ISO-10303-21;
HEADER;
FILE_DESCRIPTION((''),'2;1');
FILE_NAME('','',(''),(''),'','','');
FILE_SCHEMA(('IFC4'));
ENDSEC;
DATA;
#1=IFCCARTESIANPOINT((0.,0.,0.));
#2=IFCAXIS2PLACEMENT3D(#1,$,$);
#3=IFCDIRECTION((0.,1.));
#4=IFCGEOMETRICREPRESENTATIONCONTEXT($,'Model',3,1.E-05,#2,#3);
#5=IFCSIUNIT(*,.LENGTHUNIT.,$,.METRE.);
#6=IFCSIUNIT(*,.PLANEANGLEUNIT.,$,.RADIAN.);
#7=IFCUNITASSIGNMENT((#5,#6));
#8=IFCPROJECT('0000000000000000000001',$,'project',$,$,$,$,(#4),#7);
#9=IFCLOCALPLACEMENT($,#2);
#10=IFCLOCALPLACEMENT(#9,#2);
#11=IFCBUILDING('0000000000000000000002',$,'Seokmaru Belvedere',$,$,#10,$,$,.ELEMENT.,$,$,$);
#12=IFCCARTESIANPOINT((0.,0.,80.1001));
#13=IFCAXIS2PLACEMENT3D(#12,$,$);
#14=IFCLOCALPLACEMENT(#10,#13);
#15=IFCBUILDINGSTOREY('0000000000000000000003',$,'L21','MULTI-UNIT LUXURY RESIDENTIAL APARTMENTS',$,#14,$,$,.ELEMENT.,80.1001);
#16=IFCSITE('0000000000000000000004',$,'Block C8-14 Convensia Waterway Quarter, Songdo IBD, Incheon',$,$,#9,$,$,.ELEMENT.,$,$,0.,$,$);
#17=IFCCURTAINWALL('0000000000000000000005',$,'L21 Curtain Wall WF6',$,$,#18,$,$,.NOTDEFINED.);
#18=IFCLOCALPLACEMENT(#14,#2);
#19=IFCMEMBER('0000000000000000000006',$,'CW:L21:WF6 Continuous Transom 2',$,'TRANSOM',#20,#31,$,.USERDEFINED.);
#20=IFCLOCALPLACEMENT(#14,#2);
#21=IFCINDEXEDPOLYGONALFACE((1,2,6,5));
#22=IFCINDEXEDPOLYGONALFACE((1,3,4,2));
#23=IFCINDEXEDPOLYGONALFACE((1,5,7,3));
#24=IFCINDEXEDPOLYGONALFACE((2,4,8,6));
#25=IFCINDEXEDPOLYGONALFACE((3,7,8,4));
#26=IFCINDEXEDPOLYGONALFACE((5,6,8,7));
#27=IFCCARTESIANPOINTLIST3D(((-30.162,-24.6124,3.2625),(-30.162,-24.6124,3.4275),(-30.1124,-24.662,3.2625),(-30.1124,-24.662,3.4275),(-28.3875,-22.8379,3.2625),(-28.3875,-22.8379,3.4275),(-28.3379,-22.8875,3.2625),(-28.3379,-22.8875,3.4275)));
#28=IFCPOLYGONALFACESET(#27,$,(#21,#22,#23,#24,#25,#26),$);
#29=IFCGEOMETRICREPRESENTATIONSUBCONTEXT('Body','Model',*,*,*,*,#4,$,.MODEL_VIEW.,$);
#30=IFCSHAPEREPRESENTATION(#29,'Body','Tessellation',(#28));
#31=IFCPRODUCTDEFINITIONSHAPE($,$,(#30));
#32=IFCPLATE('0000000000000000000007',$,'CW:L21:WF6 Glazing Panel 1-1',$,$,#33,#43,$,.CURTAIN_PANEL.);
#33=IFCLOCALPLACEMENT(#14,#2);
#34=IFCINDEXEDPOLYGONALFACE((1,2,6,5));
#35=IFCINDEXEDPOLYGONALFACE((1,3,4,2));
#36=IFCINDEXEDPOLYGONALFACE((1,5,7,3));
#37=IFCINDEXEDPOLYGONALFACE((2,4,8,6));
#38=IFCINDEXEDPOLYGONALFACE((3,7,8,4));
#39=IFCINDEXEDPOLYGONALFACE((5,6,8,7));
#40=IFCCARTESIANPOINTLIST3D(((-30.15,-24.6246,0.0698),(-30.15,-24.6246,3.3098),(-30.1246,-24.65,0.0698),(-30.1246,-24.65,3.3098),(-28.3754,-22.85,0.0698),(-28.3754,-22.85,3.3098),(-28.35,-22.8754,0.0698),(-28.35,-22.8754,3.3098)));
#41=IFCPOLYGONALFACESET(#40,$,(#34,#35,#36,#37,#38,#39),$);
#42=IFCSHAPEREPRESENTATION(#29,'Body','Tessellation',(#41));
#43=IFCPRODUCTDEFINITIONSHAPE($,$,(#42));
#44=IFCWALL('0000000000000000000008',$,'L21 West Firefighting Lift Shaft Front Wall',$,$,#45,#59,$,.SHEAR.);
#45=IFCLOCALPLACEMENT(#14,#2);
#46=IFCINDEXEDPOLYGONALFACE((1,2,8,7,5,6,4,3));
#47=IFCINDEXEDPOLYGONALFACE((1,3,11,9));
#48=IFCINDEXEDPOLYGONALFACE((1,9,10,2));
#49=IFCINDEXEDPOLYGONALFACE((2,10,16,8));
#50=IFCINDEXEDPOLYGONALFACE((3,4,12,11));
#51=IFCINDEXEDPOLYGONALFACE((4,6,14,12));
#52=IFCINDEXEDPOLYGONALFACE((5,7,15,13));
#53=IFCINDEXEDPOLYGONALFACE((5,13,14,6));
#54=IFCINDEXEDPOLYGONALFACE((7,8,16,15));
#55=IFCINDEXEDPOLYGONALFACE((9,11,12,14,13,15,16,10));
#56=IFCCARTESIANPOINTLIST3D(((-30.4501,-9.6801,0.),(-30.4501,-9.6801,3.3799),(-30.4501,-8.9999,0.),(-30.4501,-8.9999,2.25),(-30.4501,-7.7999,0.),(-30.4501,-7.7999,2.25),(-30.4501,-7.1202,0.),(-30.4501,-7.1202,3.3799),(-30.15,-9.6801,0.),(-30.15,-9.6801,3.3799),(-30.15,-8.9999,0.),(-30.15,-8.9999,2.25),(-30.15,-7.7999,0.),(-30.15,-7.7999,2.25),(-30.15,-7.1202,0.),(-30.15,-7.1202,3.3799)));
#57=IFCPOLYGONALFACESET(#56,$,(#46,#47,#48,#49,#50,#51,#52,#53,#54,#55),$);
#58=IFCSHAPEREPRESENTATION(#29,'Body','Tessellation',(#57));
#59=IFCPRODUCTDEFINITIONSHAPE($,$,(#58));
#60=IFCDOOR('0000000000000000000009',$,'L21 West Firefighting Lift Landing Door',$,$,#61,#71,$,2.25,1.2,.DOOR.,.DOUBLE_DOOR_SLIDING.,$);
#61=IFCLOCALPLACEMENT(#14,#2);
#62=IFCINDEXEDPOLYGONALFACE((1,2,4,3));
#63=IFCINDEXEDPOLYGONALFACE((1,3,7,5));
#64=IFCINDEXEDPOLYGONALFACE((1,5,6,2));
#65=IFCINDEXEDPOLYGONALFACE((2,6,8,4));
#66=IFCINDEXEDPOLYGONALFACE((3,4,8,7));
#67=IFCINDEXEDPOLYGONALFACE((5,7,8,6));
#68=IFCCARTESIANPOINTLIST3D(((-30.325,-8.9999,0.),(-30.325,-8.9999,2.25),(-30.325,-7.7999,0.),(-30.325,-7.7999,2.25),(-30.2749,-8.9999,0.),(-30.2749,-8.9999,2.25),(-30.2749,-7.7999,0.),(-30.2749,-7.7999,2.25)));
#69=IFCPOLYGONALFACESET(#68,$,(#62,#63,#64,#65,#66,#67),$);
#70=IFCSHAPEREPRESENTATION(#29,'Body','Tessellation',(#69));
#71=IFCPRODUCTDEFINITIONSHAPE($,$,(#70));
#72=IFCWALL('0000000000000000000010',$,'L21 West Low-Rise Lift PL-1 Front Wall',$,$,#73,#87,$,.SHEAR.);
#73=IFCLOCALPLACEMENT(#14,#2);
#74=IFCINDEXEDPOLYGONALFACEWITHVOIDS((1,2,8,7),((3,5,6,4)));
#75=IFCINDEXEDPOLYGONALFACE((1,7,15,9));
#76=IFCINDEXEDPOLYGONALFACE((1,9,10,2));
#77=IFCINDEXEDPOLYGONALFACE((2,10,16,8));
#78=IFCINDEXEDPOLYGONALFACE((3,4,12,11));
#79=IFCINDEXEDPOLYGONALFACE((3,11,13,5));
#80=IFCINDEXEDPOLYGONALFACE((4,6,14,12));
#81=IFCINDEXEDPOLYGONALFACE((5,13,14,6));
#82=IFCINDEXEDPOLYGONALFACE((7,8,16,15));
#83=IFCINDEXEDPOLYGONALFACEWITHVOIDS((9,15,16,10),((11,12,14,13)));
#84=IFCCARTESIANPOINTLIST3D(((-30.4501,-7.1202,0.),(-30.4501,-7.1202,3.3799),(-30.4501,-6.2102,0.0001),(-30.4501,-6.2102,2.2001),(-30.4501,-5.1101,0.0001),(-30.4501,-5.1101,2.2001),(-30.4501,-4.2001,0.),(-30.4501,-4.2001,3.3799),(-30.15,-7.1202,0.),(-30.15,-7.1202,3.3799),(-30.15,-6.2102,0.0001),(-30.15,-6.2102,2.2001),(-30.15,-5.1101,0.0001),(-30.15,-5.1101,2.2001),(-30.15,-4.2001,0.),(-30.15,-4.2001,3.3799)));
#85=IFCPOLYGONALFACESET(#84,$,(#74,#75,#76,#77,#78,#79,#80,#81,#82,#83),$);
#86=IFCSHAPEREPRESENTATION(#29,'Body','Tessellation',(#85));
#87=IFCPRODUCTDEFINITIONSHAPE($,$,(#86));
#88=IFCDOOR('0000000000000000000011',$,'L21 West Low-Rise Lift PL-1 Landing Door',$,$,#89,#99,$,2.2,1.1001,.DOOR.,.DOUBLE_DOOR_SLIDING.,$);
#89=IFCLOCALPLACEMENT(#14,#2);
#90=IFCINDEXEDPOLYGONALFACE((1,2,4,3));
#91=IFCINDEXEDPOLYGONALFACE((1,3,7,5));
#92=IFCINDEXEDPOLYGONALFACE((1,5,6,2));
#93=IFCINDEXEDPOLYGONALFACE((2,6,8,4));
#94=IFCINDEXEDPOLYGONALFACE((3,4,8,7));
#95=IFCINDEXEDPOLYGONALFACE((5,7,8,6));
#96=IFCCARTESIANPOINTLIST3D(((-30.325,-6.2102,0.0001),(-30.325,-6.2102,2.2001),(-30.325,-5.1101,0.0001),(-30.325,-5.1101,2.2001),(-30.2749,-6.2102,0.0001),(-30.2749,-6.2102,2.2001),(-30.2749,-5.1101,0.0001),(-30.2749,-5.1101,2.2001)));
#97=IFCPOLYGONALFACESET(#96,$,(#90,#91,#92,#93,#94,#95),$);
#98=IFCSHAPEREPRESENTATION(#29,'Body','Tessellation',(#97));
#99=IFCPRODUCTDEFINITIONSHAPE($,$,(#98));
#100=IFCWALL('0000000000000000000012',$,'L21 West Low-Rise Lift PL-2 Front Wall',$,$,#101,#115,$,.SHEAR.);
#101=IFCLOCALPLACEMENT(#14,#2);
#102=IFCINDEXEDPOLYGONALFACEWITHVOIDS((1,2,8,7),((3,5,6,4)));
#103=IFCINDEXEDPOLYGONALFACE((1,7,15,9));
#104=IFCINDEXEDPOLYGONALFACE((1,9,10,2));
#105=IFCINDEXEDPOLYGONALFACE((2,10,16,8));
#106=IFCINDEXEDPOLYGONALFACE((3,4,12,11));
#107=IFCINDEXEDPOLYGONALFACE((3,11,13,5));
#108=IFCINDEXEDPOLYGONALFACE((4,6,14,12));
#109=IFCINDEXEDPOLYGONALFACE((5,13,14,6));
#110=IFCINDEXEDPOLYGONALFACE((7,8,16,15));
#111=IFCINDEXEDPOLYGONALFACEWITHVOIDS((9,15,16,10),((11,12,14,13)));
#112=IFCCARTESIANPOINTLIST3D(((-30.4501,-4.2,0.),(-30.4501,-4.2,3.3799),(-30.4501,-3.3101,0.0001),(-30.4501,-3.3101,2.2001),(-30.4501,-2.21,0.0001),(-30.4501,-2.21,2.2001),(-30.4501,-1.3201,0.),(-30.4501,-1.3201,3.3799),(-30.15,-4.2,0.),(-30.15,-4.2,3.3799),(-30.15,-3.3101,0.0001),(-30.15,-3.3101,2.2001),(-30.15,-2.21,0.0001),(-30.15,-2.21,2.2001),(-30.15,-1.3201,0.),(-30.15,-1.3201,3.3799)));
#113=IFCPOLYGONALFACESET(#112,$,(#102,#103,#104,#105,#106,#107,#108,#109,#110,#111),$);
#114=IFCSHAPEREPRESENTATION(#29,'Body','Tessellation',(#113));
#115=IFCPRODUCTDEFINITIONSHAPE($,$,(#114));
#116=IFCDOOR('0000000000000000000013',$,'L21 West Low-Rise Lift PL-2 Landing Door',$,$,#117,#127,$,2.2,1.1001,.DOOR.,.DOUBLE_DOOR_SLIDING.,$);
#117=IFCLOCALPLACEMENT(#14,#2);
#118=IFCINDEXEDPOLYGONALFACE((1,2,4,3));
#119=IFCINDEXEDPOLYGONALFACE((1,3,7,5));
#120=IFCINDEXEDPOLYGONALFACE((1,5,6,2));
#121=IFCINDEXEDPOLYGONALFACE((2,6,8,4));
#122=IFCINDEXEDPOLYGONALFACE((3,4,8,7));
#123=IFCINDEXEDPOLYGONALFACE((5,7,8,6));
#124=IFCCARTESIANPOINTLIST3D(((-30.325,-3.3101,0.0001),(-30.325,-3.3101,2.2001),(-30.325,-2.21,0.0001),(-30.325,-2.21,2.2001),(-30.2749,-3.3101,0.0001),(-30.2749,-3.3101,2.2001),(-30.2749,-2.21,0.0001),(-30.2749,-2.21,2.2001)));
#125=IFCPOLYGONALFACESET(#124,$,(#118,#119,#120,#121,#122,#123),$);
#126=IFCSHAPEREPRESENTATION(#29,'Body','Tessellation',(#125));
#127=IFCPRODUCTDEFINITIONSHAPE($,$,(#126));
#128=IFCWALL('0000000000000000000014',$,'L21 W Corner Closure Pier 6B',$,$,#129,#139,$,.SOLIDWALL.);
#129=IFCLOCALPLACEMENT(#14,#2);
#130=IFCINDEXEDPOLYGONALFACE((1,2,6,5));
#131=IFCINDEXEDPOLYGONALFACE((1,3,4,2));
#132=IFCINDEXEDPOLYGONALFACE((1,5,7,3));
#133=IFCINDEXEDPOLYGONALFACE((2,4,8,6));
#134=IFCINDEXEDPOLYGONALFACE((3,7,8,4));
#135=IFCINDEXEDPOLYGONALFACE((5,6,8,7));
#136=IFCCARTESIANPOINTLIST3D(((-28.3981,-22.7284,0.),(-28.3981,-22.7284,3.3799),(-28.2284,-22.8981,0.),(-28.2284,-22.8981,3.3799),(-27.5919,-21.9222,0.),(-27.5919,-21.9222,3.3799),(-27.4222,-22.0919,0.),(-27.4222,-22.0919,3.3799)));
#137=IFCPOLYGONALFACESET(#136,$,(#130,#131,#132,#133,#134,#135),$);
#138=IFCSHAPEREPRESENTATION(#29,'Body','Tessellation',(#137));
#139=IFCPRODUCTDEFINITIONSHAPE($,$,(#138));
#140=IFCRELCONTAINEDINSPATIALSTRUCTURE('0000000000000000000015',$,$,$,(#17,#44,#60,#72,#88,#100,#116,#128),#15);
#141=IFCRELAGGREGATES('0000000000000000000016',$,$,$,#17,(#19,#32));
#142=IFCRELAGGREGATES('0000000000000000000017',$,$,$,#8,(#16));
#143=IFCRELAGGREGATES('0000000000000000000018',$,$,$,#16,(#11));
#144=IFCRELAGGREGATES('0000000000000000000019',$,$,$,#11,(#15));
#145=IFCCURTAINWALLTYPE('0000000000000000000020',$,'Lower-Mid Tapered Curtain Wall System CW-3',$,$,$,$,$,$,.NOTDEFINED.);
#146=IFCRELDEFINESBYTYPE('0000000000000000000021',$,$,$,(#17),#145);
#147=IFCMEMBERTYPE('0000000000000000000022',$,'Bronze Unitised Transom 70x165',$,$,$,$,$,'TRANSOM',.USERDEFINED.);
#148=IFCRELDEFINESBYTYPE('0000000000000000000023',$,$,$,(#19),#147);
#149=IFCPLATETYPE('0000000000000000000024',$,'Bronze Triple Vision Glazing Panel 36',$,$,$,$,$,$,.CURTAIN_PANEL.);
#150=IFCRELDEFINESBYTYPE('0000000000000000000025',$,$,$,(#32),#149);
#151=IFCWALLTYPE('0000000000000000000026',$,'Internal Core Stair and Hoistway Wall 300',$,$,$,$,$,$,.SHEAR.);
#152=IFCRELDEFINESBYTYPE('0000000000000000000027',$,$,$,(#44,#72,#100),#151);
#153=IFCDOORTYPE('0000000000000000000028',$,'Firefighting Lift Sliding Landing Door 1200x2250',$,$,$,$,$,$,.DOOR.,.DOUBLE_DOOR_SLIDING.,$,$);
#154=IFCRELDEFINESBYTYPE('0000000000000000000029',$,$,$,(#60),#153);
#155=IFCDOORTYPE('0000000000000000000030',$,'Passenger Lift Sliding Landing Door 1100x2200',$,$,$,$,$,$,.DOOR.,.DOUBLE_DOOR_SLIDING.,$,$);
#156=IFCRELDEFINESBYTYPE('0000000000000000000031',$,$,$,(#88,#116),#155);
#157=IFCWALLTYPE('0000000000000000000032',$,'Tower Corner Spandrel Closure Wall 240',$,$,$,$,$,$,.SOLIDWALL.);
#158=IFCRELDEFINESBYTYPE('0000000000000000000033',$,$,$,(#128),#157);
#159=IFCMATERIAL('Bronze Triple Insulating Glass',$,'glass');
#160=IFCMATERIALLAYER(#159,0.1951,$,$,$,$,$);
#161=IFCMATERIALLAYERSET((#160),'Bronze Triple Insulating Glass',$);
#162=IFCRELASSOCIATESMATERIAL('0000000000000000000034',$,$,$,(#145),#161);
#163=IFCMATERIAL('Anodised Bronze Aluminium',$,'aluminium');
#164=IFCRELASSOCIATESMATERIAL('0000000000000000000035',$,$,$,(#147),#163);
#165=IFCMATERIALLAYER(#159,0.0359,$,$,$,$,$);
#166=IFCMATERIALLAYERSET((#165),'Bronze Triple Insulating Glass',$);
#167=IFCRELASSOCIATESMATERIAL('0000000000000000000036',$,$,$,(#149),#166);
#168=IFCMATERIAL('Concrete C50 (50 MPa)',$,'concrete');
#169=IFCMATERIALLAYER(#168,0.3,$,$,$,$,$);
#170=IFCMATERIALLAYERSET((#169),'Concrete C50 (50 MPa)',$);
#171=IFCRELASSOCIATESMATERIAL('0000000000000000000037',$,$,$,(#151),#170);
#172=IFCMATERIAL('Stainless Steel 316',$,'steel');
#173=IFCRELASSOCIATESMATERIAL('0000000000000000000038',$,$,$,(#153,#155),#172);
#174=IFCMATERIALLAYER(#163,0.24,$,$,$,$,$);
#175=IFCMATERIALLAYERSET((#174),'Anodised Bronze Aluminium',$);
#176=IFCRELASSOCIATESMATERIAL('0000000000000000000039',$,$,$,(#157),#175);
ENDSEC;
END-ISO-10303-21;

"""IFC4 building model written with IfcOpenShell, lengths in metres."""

from ifc_helpers import new_model, si_unit, direction, frame, frame_2d, origin, origin_2d, place, context, subcontext, project, spatial, rectangle, extrude, source, transform, mapped, material, layer, layer_set, material_profile, profile_set, type_object, type_shapes, element, fill, aggregate, save


model = new_model("IFC4")

# Units and contexts
model_context = context("Model", 3, precision=1e-05, world=origin(), true_north=direction((0.0, 1.0)))
body_context = subcontext(model_context, "Body", "Model", "MODEL_VIEW")
ifc_project = project(units=[si_unit("LENGTHUNIT", "METRE"), si_unit("PLANEANGLEUNIT", "RADIAN")], contexts=[model_context])

# Site, building, storey
site_placement = place(None, origin())
site = spatial("IfcSite", under=ifc_project, at=site_placement, Name="Block C8-14 Convensia Waterway Quarter, Songdo IBD, Incheon", CompositionType="ELEMENT", RefElevation=0.0)
building_placement = place(site_placement, origin())
building = spatial("IfcBuilding", under=site, at=building_placement, Name="Seokmaru Belvedere", CompositionType="ELEMENT")
storey_placement = place(building_placement, frame((0.0, 0.0, 80.1001)))
storey = spatial("IfcBuildingStorey", under=building, at=storey_placement, Name="L21", Description="MULTI-UNIT LUXURY RESIDENTIAL APARTMENTS", CompositionType="ELEMENT", Elevation=80.1001)

# Curtain wall, member, plate
ifc_material_1 = material(Name="Bronze Triple Insulating Glass", Category="glass")
ifc_layer_1 = layer(ifc_material_1, 0.1951)
ifc_layer_set_1 = layer_set([ifc_layer_1], Name="Bronze Triple Insulating Glass")
curtain_wall_type = type_object("IfcCurtainWallType", Name="Lower-Mid Tapered Curtain Wall System CW-3", PredefinedType="NOTDEFINED", material=ifc_layer_set_1)
curtain_wall_placement = place(storey_placement, origin())
curtain_wall = element("IfcCurtainWall", 1, at=curtain_wall_placement, inside=storey, type_object=curtain_wall_type, Name="L21 Curtain Wall WF6", PredefinedType="NOTDEFINED")
ifc_material_2 = material(Name="Anodised Bronze Aluminium", Category="aluminium")
ifc_material_profile_1 = material_profile(ifc_material_2, rectangle(XDim=0.0701, YDim=0.165, at=origin_2d()), Name="CW-T-70x165")
ifc_profile_set_1 = profile_set([ifc_material_profile_1], Name="Anodised Bronze Aluminium")
member_type_1 = type_object("IfcMemberType", Name="Bronze Unitised Transom 70x165", ElementType="TRANSOM", PredefinedType="USERDEFINED", material=ifc_profile_set_1)
shared_shape_1 = source(origin(), body_context, "Body", "SweptSolid", [
    extrude(rectangle(XDim=0.0701, YDim=0.165, at=origin_2d()), origin(), (0.0, 0.0, 1.0), 2.5095),
])
type_shapes(member_type_1, [shared_shape_1])
member_1_placement = place(storey_placement, frame((-30.1372, -24.6372, 3.345), z_axis=(0.707107, 0.707107, 0.0), x_axis=(-0.707107, 0.707107, 0.0)))
member_1 = element("IfcMember", 2, at=member_1_placement, type_object=member_type_1, Name="CW:L21:WF6 Continuous Transom 2", ObjectType="TRANSOM", PredefinedType="USERDEFINED", context=body_context, shape_type="MappedRepresentation", body=[
    mapped(shared_shape_1, transform((0.0, 0.0, 0.0), scale=1.0)),
])
ifc_layer_2 = layer(ifc_material_1, 0.0359)
ifc_layer_set_2 = layer_set([ifc_layer_2], Name="Bronze Triple Insulating Glass")
plate_type = type_object("IfcPlateType", Name="Bronze Triple Vision Glazing Panel 36", PredefinedType="CURTAIN_PANEL", material=ifc_layer_set_2)
shared_shape_2 = source(origin(), body_context, "Body", "SweptSolid", [
    extrude(rectangle(XDim=2.5098, YDim=0.0359, at=origin_2d()), origin(), (0.0, 0.0, 1.0), 3.24),
])
type_shapes(plate_type, [shared_shape_2])
plate_placement = place(storey_placement, frame((-29.25, -23.75, 0.0698), z_axis=(0.0, 0.0, 1.0), x_axis=(0.707107, 0.707107, 0.0)))
plate = element("IfcPlate", 3, at=plate_placement, type_object=plate_type, Name="CW:L21:WF6 Glazing Panel 1-1", PredefinedType="CURTAIN_PANEL", context=body_context, shape_type="MappedRepresentation", body=[
    mapped(shared_shape_2, transform((0.0, 0.0, 0.0), scale=1.0)),
])
aggregate(curtain_wall, [member_1, plate])

# Walls, openings, doors
ifc_material_3 = material(Name="Concrete C50 (50 MPa)", Category="concrete")
ifc_layer_3 = layer(ifc_material_3, 0.3)
ifc_layer_set_3 = layer_set([ifc_layer_3], Name="Concrete C50 (50 MPa)")
wall_type_1 = type_object("IfcWallType", Name="Internal Core Stair and Hoistway Wall 300", PredefinedType="SHEAR", material=ifc_layer_set_3)
wall_1_placement = place(storey_placement, frame((-30.3, -9.6799, 0.0), z_axis=(0.0, 0.0, 1.0), x_axis=(0.0, 1.0, 0.0)))
wall_1 = element("IfcWall", 4, at=wall_1_placement, inside=storey, type_object=wall_type_1, Name="L21 West Firefighting Lift Shaft Front Wall", PredefinedType="SHEAR", context=body_context, shape_type="SweptSolid", body=[
    extrude(rectangle(XDim=2.5598, YDim=0.3, at=frame_2d((1.2798, 0.0))), origin(), (0.0, 0.0, 1.0), 3.3799),
])
opening_1_placement = place(wall_1_placement, frame((0.6799, 0.0, 0.0)))
opening_1 = element("IfcOpeningElement", 5, at=opening_1_placement, cuts=wall_1, PredefinedType="OPENING", context=body_context, shape_type="SweptSolid", body=[
    extrude(rectangle(XDim=1.2, YDim=2.25, at=frame_2d((0.6001, 1.125))), frame((0.0, 0.1602, 0.0), z_axis=(0.0, -1.0, 0.0), x_axis=(1.0, 0.0, 0.0)), (0.0, 0.0, 1.0), 0.3201),
])
ifc_material_4 = material(Name="Stainless Steel 316", Category="steel")
door_type_1 = type_object("IfcDoorType", Name="Firefighting Lift Sliding Landing Door 1200x2250", OperationType="DOUBLE_DOOR_SLIDING", PredefinedType="DOOR", material=ifc_material_4)
shared_shape_3 = source(origin(), body_context, "Body", "SweptSolid", [
    extrude(rectangle(XDim=1.2, YDim=2.25, at=frame_2d((0.6001, 1.125))), frame((0.0, 0.0249, 0.0), z_axis=(0.0, -1.0, 0.0), x_axis=(1.0, 0.0, 0.0)), (0.0, 0.0, 1.0), 0.05),
])
type_shapes(door_type_1, [shared_shape_3])
door_1_placement = place(opening_1_placement, origin())
door_1 = element("IfcDoor", 6, at=door_1_placement, inside=storey, type_object=door_type_1, Name="L21 West Firefighting Lift Landing Door", OperationType="DOUBLE_DOOR_SLIDING", OverallHeight=2.25, OverallWidth=1.2, PredefinedType="DOOR", context=body_context, shape_type="MappedRepresentation", body=[
    mapped(shared_shape_3, transform((0.0, 0.0, 0.0), scale=1.0)),
])
fill(opening_1, door_1)
wall_2_placement = place(storey_placement, frame((-30.3, -7.1201, 0.0), z_axis=(0.0, 0.0, 1.0), x_axis=(0.0, 1.0, 0.0)))
wall_2 = element("IfcWall", 7, at=wall_2_placement, inside=storey, type_object=wall_type_1, Name="L21 West Low-Rise Lift PL-1 Front Wall", PredefinedType="SHEAR", context=body_context, shape_type="SweptSolid", body=[
    extrude(rectangle(XDim=2.9202, YDim=0.3, at=frame_2d((1.46, 0.0))), origin(), (0.0, 0.0, 1.0), 3.3799),
])
opening_2_placement = place(wall_2_placement, frame((0.9099, 0.0, 0.0)))
opening_2 = element("IfcOpeningElement", 8, at=opening_2_placement, cuts=wall_2, PredefinedType="OPENING", context=body_context, shape_type="SweptSolid", body=[
    extrude(rectangle(XDim=1.1001, YDim=2.2, at=frame_2d((0.55, 1.1001))), frame((0.0, 0.1602, 0.0), z_axis=(0.0, -1.0, 0.0), x_axis=(1.0, 0.0, 0.0)), (0.0, 0.0, 1.0), 0.3201),
])
door_type_2 = type_object("IfcDoorType", Name="Passenger Lift Sliding Landing Door 1100x2200", OperationType="DOUBLE_DOOR_SLIDING", PredefinedType="DOOR", material=ifc_material_4)
shared_shape_4 = source(origin(), body_context, "Body", "SweptSolid", [
    extrude(rectangle(XDim=1.1001, YDim=2.2, at=frame_2d((0.55, 1.1001))), frame((0.0, 0.0249, 0.0), z_axis=(0.0, -1.0, 0.0), x_axis=(1.0, 0.0, 0.0)), (0.0, 0.0, 1.0), 0.05),
])
type_shapes(door_type_2, [shared_shape_4])
door_2_placement = place(opening_2_placement, origin())
door_2 = element("IfcDoor", 9, at=door_2_placement, inside=storey, type_object=door_type_2, Name="L21 West Low-Rise Lift PL-1 Landing Door", OperationType="DOUBLE_DOOR_SLIDING", OverallHeight=2.2, OverallWidth=1.1001, PredefinedType="DOOR", context=body_context, shape_type="MappedRepresentation", body=[
    mapped(shared_shape_4, transform((0.0, 0.0, 0.0), scale=1.0)),
])
fill(opening_2, door_2)
wall_3_placement = place(storey_placement, frame((-30.3, -4.2, 0.0), z_axis=(0.0, 0.0, 1.0), x_axis=(0.0, 1.0, 0.0)))
wall_3 = element("IfcWall", 10, at=wall_3_placement, inside=storey, type_object=wall_type_1, Name="L21 West Low-Rise Lift PL-2 Front Wall", PredefinedType="SHEAR", context=body_context, shape_type="SweptSolid", body=[
    extrude(rectangle(XDim=2.8799, YDim=0.3, at=frame_2d((1.4399, 0.0))), origin(), (0.0, 0.0, 1.0), 3.3799),
])
opening_3_placement = place(wall_3_placement, frame((0.8899, 0.0, 0.0)))
opening_3 = element("IfcOpeningElement", 11, at=opening_3_placement, cuts=wall_3, PredefinedType="OPENING", context=body_context, shape_type="SweptSolid", body=[
    extrude(rectangle(XDim=1.1001, YDim=2.2, at=frame_2d((0.55, 1.1001))), frame((0.0, 0.1602, 0.0), z_axis=(0.0, -1.0, 0.0), x_axis=(1.0, 0.0, 0.0)), (0.0, 0.0, 1.0), 0.3201),
])
door_3_placement = place(opening_3_placement, origin())
door_3 = element("IfcDoor", 12, at=door_3_placement, inside=storey, type_object=door_type_2, Name="L21 West Low-Rise Lift PL-2 Landing Door", OperationType="DOUBLE_DOOR_SLIDING", OverallHeight=2.2, OverallWidth=1.1001, PredefinedType="DOOR", context=body_context, shape_type="MappedRepresentation", body=[
    mapped(shared_shape_4, transform((0.0, 0.0, 0.0), scale=1.0)),
])
fill(opening_3, door_3)

# Wall
ifc_layer_4 = layer(ifc_material_2, 0.24)
ifc_layer_set_4 = layer_set([ifc_layer_4], Name="Anodised Bronze Aluminium")
wall_type_2 = type_object("IfcWallType", Name="Tower Corner Spandrel Closure Wall 240", PredefinedType="SOLIDWALL", material=ifc_layer_set_4)
wall_4_placement = place(storey_placement, frame((-28.3132, -22.8132, 0.0), z_axis=(0.0, 0.0, 1.0), x_axis=(0.707107, 0.707107, 0.0)))
element("IfcWall", 13, at=wall_4_placement, inside=storey, type_object=wall_type_2, Name="L21 W Corner Closure Pier 6B", PredefinedType="SOLIDWALL", context=body_context, shape_type="SweptSolid", body=[
    extrude(rectangle(XDim=1.1401, YDim=0.24, at=frame_2d((0.5701, 0.0))), origin(), (0.0, 0.0, 1.0), 3.3799),
])

save(model, "model.ifc")
